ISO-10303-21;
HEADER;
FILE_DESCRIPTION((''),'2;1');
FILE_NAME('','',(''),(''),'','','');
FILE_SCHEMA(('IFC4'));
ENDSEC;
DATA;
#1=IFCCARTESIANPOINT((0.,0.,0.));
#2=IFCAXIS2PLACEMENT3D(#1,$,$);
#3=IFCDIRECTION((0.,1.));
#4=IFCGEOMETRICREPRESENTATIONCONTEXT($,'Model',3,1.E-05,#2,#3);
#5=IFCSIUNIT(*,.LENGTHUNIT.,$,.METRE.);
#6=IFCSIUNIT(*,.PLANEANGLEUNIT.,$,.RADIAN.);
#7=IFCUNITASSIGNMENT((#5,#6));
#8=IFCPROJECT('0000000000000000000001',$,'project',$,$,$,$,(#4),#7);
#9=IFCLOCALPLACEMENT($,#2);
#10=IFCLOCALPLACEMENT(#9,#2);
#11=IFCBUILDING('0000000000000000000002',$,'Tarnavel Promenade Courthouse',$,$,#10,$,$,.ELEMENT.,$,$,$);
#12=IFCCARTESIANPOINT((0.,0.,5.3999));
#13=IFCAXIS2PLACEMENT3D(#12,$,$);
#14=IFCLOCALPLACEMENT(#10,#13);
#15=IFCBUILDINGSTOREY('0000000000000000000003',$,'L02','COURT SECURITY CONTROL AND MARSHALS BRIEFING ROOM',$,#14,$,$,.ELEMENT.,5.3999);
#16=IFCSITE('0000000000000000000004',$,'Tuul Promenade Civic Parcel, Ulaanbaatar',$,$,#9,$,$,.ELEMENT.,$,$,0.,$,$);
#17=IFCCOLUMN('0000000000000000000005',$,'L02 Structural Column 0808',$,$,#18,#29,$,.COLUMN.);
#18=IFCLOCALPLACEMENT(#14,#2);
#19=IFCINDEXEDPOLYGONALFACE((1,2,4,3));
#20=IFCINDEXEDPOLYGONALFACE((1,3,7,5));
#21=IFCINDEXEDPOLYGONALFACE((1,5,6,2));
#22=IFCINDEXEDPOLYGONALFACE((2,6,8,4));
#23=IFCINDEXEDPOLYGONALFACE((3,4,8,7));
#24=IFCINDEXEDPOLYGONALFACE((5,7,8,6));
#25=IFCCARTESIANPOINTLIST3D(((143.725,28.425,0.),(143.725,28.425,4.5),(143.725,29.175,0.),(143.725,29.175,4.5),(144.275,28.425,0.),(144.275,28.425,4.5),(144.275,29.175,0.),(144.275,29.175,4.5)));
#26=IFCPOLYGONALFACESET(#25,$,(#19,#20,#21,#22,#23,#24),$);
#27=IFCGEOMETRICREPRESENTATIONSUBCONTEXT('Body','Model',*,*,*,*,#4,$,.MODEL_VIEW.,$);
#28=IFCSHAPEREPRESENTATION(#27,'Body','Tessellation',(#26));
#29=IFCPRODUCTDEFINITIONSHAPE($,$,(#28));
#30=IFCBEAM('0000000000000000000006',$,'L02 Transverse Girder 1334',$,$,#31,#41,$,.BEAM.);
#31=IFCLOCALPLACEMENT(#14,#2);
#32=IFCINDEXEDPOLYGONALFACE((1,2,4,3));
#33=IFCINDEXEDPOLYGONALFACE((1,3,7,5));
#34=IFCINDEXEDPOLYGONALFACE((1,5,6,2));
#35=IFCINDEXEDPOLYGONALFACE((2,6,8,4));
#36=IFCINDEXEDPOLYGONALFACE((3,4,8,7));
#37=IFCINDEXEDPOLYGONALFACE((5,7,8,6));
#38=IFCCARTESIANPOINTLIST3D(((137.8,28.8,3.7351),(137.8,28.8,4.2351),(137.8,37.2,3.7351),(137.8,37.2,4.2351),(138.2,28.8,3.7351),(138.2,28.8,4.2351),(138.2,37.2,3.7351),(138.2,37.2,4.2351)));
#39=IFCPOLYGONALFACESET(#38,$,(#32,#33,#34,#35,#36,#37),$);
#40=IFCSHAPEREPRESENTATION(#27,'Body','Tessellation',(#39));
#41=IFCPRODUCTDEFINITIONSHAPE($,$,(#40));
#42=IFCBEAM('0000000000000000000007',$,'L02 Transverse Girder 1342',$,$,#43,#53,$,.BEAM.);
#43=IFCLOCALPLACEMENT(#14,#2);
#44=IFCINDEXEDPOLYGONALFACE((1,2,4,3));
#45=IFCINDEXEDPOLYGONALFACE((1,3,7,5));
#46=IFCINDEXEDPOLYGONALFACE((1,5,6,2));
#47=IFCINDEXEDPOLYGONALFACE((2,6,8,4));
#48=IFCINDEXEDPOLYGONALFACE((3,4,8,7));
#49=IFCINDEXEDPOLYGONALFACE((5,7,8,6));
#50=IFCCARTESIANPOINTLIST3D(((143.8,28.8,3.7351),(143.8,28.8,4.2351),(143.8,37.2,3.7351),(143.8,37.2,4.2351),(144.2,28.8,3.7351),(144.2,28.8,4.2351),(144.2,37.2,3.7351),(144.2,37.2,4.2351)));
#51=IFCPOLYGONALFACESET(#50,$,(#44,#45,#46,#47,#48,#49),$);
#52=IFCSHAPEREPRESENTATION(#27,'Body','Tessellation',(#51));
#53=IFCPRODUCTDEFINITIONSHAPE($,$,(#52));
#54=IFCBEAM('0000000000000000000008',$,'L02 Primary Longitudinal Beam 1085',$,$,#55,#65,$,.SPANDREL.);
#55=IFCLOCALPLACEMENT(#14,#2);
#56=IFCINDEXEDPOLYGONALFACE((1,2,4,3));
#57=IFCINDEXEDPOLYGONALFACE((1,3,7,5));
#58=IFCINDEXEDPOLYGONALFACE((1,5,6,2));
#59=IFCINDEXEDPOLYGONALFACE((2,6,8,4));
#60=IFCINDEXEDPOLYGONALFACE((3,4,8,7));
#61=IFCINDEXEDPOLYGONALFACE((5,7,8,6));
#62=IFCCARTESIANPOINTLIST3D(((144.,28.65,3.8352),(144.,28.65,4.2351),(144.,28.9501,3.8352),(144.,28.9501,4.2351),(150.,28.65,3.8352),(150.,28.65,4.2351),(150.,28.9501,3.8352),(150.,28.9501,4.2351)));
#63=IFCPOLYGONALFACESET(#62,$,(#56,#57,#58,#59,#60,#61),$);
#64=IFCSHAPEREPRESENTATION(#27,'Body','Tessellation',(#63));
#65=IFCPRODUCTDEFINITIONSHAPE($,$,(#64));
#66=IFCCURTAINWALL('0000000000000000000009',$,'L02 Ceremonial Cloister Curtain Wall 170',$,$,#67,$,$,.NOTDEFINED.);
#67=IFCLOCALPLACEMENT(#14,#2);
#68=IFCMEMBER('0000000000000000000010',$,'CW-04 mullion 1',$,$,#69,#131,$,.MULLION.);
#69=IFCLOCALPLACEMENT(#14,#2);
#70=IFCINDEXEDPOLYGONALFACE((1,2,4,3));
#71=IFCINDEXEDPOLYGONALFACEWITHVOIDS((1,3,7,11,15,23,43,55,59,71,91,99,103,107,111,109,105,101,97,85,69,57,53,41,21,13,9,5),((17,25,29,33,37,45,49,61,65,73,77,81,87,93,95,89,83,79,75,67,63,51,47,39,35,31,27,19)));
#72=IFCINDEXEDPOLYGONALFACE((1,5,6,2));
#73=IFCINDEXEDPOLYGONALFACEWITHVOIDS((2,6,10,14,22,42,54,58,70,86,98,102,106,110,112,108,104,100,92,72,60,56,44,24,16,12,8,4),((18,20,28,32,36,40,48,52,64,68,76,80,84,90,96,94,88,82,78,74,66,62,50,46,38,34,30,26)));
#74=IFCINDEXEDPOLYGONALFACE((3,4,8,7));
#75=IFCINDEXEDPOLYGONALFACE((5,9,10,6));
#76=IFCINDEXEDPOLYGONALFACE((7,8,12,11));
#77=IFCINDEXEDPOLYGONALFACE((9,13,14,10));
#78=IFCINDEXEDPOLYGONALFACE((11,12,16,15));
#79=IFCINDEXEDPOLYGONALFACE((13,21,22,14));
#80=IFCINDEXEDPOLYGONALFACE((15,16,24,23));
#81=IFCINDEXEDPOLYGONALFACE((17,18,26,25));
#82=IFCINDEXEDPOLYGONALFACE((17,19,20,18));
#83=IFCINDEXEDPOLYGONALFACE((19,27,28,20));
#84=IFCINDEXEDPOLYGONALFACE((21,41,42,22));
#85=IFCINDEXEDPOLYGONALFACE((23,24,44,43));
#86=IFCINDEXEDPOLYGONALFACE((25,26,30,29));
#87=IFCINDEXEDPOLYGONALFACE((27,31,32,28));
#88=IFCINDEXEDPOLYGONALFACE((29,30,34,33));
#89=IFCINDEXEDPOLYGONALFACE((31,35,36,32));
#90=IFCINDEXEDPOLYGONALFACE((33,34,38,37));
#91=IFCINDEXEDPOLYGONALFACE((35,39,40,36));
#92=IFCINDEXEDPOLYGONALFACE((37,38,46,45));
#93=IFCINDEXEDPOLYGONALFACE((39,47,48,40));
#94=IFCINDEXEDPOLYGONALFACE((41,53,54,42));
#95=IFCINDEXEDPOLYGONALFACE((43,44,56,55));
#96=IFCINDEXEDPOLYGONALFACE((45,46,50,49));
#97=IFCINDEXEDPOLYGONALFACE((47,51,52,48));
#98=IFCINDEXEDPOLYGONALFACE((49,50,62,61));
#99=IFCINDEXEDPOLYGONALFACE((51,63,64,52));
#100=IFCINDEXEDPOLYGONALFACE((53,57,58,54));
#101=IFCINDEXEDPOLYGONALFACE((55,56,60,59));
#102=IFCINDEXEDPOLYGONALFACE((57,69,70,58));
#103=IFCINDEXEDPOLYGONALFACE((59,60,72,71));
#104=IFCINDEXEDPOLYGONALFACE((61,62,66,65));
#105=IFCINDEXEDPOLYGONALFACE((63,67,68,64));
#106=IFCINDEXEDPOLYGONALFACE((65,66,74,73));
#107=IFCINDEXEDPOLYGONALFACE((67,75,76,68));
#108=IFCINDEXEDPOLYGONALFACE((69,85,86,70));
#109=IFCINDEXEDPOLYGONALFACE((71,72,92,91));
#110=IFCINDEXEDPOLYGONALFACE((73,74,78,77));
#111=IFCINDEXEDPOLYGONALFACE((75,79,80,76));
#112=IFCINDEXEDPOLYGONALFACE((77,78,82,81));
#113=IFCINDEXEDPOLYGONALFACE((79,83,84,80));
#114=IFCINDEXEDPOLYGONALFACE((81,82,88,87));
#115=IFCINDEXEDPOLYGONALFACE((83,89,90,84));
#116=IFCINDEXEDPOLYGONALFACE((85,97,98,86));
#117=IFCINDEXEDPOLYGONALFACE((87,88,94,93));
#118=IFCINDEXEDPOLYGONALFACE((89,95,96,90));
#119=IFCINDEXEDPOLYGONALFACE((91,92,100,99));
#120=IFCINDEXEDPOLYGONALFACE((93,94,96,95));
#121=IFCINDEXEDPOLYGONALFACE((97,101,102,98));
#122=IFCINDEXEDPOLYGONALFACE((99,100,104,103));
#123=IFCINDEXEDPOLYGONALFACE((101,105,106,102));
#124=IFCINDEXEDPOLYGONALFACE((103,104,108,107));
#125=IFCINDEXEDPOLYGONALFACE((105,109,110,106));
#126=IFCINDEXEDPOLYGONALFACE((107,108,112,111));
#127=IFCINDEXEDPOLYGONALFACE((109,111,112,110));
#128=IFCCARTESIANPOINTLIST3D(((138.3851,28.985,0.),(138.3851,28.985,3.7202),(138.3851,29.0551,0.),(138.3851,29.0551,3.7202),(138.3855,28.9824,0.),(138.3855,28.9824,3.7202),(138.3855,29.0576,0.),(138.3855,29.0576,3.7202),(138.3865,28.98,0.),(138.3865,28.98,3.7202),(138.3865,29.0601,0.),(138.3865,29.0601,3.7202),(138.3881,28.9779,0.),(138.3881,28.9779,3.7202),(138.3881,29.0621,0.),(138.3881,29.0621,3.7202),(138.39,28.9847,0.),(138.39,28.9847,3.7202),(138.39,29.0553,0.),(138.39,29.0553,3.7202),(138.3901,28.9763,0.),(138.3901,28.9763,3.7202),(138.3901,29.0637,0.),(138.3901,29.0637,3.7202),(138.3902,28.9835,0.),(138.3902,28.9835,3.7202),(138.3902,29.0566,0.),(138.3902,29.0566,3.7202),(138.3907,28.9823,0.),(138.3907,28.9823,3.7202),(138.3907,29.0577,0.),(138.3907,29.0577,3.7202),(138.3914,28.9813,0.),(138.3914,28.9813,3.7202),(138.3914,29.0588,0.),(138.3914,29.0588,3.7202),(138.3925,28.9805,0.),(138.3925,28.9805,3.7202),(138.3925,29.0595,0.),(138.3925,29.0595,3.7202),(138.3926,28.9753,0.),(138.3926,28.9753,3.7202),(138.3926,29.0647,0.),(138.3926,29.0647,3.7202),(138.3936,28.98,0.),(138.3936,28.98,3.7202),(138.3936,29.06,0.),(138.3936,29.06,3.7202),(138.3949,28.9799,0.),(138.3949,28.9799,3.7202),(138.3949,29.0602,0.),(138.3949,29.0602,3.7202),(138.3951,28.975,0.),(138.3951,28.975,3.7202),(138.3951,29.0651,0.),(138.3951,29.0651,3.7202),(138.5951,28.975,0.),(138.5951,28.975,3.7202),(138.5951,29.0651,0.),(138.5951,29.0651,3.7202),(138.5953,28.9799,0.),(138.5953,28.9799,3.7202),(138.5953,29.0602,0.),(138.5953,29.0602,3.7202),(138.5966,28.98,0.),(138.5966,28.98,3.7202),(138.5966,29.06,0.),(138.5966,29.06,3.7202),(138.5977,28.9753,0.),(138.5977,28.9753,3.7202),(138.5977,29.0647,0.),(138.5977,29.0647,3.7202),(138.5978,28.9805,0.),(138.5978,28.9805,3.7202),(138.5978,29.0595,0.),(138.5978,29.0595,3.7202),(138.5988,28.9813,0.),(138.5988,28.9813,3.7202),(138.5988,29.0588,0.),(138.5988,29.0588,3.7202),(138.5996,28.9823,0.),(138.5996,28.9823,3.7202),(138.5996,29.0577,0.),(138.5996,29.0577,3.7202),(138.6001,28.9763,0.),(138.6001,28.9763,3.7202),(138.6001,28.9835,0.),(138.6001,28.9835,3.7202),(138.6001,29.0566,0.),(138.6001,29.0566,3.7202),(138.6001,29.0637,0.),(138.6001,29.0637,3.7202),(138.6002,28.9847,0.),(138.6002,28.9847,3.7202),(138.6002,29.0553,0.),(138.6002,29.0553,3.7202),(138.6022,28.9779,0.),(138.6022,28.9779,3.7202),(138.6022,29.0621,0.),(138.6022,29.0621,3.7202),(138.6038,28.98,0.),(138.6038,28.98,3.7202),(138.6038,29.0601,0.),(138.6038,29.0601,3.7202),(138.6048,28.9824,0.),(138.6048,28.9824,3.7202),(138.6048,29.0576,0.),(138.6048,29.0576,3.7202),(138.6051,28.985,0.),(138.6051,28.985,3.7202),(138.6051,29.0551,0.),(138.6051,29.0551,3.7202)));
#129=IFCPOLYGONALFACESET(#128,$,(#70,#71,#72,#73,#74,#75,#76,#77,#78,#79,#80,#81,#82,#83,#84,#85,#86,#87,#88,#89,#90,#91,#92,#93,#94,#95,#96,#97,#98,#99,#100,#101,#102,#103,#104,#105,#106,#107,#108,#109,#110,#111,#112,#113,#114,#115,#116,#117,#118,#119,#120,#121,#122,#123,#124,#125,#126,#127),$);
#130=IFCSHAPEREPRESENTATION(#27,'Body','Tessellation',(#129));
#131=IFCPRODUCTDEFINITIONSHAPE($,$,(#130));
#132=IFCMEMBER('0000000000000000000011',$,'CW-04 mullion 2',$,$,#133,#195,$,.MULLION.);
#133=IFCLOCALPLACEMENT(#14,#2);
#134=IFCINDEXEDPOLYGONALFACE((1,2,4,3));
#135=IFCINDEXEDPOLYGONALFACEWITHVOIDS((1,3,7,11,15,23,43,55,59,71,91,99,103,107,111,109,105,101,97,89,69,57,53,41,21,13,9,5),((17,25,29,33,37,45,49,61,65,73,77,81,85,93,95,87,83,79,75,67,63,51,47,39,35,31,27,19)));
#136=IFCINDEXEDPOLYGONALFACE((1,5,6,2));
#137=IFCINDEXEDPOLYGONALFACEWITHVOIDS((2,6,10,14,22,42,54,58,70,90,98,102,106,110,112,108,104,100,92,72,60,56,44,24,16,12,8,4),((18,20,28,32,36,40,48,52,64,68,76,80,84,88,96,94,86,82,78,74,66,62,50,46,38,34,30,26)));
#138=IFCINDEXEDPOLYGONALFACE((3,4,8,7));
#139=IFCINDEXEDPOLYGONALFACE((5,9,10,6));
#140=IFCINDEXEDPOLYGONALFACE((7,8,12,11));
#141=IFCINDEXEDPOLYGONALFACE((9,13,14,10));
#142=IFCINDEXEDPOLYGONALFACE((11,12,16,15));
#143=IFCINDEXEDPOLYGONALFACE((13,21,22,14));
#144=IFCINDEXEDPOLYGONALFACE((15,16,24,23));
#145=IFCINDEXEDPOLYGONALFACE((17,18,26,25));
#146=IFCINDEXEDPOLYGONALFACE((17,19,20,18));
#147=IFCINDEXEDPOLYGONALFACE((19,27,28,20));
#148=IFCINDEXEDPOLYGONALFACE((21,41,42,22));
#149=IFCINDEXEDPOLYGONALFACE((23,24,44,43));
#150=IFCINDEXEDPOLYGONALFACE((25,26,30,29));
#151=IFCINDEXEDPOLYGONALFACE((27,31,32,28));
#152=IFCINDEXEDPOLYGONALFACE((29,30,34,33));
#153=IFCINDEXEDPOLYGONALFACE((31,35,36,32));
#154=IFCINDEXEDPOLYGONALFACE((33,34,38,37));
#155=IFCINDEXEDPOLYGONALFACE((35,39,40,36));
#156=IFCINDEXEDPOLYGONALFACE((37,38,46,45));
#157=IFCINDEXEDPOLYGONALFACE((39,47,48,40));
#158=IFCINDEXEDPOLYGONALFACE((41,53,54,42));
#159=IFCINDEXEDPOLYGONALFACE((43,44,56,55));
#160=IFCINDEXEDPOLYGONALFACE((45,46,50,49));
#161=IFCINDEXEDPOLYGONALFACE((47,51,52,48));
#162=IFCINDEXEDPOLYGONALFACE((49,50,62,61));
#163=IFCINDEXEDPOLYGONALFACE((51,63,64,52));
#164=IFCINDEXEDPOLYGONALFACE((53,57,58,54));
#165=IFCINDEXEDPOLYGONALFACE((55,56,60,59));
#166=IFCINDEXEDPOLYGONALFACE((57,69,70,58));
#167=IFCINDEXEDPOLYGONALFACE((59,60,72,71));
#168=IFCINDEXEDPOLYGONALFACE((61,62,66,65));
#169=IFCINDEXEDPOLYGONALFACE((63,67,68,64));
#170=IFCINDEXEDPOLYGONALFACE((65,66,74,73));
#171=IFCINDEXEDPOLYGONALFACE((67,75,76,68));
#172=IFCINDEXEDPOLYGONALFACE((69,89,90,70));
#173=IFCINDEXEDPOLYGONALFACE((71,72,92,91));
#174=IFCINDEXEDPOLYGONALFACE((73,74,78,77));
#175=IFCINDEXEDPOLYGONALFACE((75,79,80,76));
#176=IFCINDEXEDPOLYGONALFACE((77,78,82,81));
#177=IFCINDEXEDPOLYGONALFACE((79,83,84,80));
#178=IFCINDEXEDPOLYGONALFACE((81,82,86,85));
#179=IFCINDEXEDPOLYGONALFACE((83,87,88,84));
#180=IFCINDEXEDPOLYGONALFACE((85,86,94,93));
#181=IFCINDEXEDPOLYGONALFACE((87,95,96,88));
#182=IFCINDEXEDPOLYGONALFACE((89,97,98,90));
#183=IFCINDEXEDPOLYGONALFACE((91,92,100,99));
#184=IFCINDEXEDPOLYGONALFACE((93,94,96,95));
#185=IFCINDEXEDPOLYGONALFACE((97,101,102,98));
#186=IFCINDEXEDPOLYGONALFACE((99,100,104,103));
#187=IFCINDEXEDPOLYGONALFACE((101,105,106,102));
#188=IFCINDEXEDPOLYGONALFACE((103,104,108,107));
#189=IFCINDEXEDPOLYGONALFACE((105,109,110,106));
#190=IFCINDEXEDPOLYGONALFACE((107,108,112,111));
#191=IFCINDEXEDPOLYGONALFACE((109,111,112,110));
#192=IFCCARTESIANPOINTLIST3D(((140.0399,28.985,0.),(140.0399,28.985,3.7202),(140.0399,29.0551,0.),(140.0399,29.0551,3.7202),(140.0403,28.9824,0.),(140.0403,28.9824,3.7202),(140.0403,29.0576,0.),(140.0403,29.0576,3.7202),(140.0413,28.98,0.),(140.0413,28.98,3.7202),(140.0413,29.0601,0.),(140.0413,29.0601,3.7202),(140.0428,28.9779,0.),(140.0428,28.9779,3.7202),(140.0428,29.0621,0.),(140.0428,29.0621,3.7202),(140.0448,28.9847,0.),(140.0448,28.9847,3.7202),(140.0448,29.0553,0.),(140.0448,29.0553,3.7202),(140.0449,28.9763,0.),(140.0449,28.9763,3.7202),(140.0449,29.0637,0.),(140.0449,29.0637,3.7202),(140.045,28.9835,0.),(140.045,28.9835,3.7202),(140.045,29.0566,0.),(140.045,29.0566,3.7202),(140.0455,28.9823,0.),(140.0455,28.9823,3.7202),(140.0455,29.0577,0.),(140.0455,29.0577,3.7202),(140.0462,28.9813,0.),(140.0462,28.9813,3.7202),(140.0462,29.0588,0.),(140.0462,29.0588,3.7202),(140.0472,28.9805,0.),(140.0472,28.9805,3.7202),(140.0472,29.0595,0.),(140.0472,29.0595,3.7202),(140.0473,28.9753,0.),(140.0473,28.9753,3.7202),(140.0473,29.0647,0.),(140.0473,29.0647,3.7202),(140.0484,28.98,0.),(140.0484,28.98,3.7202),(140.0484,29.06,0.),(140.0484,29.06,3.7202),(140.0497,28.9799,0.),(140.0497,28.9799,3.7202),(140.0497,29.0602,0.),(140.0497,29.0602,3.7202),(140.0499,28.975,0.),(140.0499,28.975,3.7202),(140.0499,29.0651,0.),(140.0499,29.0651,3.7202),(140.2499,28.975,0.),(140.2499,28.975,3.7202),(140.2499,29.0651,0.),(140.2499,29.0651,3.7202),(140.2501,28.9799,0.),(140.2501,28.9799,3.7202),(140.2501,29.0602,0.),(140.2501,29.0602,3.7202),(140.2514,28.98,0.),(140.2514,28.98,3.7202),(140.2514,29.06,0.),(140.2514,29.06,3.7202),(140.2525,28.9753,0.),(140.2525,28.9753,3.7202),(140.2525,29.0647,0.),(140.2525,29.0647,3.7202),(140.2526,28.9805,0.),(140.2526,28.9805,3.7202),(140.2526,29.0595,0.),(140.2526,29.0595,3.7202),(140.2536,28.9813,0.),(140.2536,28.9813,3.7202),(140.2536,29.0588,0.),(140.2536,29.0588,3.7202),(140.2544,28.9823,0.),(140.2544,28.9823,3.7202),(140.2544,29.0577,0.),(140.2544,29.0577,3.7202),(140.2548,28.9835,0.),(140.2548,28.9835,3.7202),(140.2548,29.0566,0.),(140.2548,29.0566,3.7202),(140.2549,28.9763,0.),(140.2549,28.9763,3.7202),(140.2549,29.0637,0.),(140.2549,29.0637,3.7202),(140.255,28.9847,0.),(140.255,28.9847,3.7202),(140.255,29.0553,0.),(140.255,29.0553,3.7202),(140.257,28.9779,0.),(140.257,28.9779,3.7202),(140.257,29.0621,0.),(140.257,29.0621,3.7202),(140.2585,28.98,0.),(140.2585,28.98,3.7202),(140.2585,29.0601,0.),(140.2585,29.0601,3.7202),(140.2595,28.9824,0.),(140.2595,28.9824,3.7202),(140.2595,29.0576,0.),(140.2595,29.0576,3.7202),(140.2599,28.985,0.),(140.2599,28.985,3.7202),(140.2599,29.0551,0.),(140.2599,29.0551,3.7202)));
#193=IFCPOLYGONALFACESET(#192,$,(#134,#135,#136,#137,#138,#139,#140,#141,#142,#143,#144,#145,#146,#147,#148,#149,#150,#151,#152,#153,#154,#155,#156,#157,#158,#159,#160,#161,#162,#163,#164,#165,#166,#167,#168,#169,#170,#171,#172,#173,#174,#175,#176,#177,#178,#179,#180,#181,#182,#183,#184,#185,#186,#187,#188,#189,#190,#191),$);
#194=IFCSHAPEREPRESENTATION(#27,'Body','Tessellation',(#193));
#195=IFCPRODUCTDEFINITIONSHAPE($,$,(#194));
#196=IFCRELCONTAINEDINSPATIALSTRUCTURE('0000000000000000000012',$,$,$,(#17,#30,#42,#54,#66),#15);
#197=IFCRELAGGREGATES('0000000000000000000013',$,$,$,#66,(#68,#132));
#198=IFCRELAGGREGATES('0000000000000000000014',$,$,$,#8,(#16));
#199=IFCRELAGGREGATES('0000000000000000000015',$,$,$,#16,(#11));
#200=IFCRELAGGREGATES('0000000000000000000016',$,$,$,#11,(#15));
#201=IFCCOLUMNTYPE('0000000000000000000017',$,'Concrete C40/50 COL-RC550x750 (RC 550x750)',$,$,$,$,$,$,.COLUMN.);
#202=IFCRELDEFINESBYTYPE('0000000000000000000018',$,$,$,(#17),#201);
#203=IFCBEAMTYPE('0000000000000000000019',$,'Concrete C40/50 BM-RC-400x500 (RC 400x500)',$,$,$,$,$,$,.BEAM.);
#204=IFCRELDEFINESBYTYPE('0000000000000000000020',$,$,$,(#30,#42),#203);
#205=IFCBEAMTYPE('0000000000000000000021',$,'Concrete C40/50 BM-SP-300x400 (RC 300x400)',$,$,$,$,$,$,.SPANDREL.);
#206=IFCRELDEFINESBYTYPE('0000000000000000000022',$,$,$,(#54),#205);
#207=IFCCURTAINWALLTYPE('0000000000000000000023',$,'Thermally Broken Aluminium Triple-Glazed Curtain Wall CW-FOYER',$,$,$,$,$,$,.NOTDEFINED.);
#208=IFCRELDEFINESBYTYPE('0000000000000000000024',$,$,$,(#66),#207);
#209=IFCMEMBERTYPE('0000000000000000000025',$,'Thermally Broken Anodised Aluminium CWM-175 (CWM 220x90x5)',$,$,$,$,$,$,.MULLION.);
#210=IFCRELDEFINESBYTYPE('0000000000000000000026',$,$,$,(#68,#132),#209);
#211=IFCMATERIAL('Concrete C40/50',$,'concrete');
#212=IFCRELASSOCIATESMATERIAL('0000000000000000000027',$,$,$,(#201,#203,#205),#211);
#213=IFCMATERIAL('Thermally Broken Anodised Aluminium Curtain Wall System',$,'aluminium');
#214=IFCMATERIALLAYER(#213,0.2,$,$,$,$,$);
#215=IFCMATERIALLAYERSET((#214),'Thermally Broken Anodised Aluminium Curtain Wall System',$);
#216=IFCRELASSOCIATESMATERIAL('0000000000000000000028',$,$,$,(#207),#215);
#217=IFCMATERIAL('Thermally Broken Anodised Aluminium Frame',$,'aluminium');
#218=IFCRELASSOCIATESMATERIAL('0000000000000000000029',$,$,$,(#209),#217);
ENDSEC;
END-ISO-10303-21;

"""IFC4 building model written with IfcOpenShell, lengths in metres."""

from ifc_helpers import new_model, si_unit, direction, frame, origin, origin_2d, place, context, subcontext, project, spatial, rectangle, hollow_rectangle, extrude, material, layer, layer_set, material_profile, profile_set, type_object, element, aggregate, save


model = new_model("IFC4")

# Units and contexts
model_context = context("Model", 3, precision=1e-05, world=origin(), true_north=direction((0.0, 1.0)))
body_context = subcontext(model_context, "Body", "Model", "MODEL_VIEW")
ifc_project = project(units=[si_unit("LENGTHUNIT", "METRE"), si_unit("PLANEANGLEUNIT", "RADIAN")], contexts=[model_context])

# Site, building, storey
site_placement = place(None, origin())
site = spatial("IfcSite", under=ifc_project, at=site_placement, Name="Tuul Promenade Civic Parcel, Ulaanbaatar", CompositionType="ELEMENT", RefElevation=0.0)
building_placement = place(site_placement, origin())
building = spatial("IfcBuilding", under=site, at=building_placement, Name="Tarnavel Promenade Courthouse", CompositionType="ELEMENT")
storey_placement = place(building_placement, frame((0.0, 0.0, 5.3999)))
storey = spatial("IfcBuildingStorey", under=building, at=storey_placement, Name="L02", Description="COURT SECURITY CONTROL AND MARSHALS BRIEFING ROOM", CompositionType="ELEMENT", Elevation=5.3999)

# Column
ifc_material_1 = material(Name="Concrete C40/50", Category="concrete")
ifc_material_profile_1 = material_profile(ifc_material_1, rectangle(XDim=0.55, YDim=0.75, at=origin_2d()), Name="RC 550x750")
ifc_profile_set_1 = profile_set([ifc_material_profile_1], Name="Concrete C40/50")
column_type = type_object("IfcColumnType", Name="Concrete C40/50 COL-RC550x750 (RC 550x750)", PredefinedType="COLUMN", material=ifc_profile_set_1)
column_placement = place(storey_placement, frame((144.0, 28.8, 0.0), z_axis=(0.0, 0.0, 1.0), x_axis=(1.0, 0.0, 0.0)))
element("IfcColumn", 1, at=column_placement, inside=storey, type_object=column_type, Name="L02 Structural Column 0808", PredefinedType="COLUMN", context=body_context, shape_type="SweptSolid", body=[
    extrude(rectangle(XDim=0.55, YDim=0.75, at=origin_2d()), origin(), (0.0, 0.0, 1.0), 4.5),
])

# Beams
ifc_material_profile_2 = material_profile(ifc_material_1, rectangle(XDim=0.3999, YDim=0.5, at=origin_2d()), Name="RC 400x500")
ifc_profile_set_2 = profile_set([ifc_material_profile_2], Name="Concrete C40/50")
beam_type_1 = type_object("IfcBeamType", Name="Concrete C40/50 BM-RC-400x500 (RC 400x500)", PredefinedType="BEAM", material=ifc_profile_set_2)
for number, where, z_axis, x_axis, name in (
    (2, (138.0, 28.8, 3.9851), (0.0, 1.0, 0.0), (-1.0, 0.0, 0.0), "L02 Transverse Girder 1334"),
    (3, (144.0, 28.8, 3.9851), (0.0, 1.0, 0.0), (-1.0, 0.0, 0.0), "L02 Transverse Girder 1342"),
):
    element("IfcBeam", number, at=place(storey_placement, frame(where, z_axis=z_axis, x_axis=x_axis)), inside=storey, type_object=beam_type_1, Name=name, PredefinedType="BEAM", context=body_context, shape_type="SweptSolid", body=[
        extrude(rectangle(XDim=0.3999, YDim=0.5, at=origin_2d()), origin(), (0.0, 0.0, 1.0), 8.3999),
    ])
ifc_material_profile_3 = material_profile(ifc_material_1, rectangle(XDim=0.3, YDim=0.3999, at=origin_2d()), Name="RC 300x400")
ifc_profile_set_3 = profile_set([ifc_material_profile_3], Name="Concrete C40/50")
beam_type_2 = type_object("IfcBeamType", Name="Concrete C40/50 BM-SP-300x400 (RC 300x400)", PredefinedType="SPANDREL", material=ifc_profile_set_3)
beam_placement = place(storey_placement, frame((144.0, 28.8, 4.0352), z_axis=(1.0, 0.0, 0.0), x_axis=(0.0, 1.0, 0.0)))
element("IfcBeam", 4, at=beam_placement, inside=storey, type_object=beam_type_2, Name="L02 Primary Longitudinal Beam 1085", PredefinedType="SPANDREL", context=body_context, shape_type="SweptSolid", body=[
    extrude(rectangle(XDim=0.3, YDim=0.3999, at=origin_2d()), origin(), (0.0, 0.0, 1.0), 6.0),
])

# Curtain wall, members
ifc_material_2 = material(Name="Thermally Broken Anodised Aluminium Curtain Wall System", Category="aluminium")
ifc_layer_1 = layer(ifc_material_2, 0.2)
ifc_layer_set_1 = layer_set([ifc_layer_1], Name="Thermally Broken Anodised Aluminium Curtain Wall System")
curtain_wall_type = type_object("IfcCurtainWallType", Name="Thermally Broken Aluminium Triple-Glazed Curtain Wall CW-FOYER", PredefinedType="NOTDEFINED", material=ifc_layer_set_1)
curtain_wall_1_placement = place(storey_placement, origin())
curtain_wall_1 = element("IfcCurtainWall", 5, at=curtain_wall_1_placement, inside=storey, type_object=curtain_wall_type, Name="L02 Ceremonial Cloister Curtain Wall 170", PredefinedType="NOTDEFINED")
ifc_material_3 = material(Name="Thermally Broken Anodised Aluminium Frame", Category="aluminium")
ifc_material_profile_4 = material_profile(ifc_material_3, hollow_rectangle(XDim=0.0901, YDim=0.22, WallThickness=0.0049, InnerFilletRadius=0.0049, OuterFilletRadius=0.01, at=origin_2d()), Name="CWM 220x90x5")
ifc_profile_set_4 = profile_set([ifc_material_profile_4], Name="Thermally Broken Anodised Aluminium Frame")
member_type_1 = type_object("IfcMemberType", Name="Thermally Broken Anodised Aluminium CWM-175 (CWM 220x90x5)", PredefinedType="MULLION", material=ifc_profile_set_4)
member_1_placement = place(storey_placement, frame((138.4951, 29.02, 0.0), z_axis=(0.0, 0.0, 1.0), x_axis=(0.0, 1.0, 0.0)))
member_1 = element("IfcMember", 6, at=member_1_placement, type_object=member_type_1, Name="CW-04 mullion 1", PredefinedType="MULLION", context=body_context, shape_type="SweptSolid", body=[
    extrude(hollow_rectangle(XDim=0.0901, YDim=0.22, WallThickness=0.0049, InnerFilletRadius=0.0049, OuterFilletRadius=0.01, at=origin_2d()), origin(), (0.0, 0.0, 1.0), 3.7202),
])
member_2_placement = place(storey_placement, frame((140.1499, 29.02, 0.0), z_axis=(0.0, 0.0, 1.0), x_axis=(0.0, 1.0, 0.0)))
member_2 = element("IfcMember", 7, at=member_2_placement, type_object=member_type_1, Name="CW-04 mullion 2", PredefinedType="MULLION", context=body_context, shape_type="SweptSolid", body=[
    extrude(hollow_rectangle(XDim=0.0901, YDim=0.22, WallThickness=0.0049, InnerFilletRadius=0.0049, OuterFilletRadius=0.01, at=origin_2d()), origin(), (0.0, 0.0, 1.0), 3.7202),
])

aggregate(curtain_wall_1, [member_1, member_2])

save(model, "model.ifc")
